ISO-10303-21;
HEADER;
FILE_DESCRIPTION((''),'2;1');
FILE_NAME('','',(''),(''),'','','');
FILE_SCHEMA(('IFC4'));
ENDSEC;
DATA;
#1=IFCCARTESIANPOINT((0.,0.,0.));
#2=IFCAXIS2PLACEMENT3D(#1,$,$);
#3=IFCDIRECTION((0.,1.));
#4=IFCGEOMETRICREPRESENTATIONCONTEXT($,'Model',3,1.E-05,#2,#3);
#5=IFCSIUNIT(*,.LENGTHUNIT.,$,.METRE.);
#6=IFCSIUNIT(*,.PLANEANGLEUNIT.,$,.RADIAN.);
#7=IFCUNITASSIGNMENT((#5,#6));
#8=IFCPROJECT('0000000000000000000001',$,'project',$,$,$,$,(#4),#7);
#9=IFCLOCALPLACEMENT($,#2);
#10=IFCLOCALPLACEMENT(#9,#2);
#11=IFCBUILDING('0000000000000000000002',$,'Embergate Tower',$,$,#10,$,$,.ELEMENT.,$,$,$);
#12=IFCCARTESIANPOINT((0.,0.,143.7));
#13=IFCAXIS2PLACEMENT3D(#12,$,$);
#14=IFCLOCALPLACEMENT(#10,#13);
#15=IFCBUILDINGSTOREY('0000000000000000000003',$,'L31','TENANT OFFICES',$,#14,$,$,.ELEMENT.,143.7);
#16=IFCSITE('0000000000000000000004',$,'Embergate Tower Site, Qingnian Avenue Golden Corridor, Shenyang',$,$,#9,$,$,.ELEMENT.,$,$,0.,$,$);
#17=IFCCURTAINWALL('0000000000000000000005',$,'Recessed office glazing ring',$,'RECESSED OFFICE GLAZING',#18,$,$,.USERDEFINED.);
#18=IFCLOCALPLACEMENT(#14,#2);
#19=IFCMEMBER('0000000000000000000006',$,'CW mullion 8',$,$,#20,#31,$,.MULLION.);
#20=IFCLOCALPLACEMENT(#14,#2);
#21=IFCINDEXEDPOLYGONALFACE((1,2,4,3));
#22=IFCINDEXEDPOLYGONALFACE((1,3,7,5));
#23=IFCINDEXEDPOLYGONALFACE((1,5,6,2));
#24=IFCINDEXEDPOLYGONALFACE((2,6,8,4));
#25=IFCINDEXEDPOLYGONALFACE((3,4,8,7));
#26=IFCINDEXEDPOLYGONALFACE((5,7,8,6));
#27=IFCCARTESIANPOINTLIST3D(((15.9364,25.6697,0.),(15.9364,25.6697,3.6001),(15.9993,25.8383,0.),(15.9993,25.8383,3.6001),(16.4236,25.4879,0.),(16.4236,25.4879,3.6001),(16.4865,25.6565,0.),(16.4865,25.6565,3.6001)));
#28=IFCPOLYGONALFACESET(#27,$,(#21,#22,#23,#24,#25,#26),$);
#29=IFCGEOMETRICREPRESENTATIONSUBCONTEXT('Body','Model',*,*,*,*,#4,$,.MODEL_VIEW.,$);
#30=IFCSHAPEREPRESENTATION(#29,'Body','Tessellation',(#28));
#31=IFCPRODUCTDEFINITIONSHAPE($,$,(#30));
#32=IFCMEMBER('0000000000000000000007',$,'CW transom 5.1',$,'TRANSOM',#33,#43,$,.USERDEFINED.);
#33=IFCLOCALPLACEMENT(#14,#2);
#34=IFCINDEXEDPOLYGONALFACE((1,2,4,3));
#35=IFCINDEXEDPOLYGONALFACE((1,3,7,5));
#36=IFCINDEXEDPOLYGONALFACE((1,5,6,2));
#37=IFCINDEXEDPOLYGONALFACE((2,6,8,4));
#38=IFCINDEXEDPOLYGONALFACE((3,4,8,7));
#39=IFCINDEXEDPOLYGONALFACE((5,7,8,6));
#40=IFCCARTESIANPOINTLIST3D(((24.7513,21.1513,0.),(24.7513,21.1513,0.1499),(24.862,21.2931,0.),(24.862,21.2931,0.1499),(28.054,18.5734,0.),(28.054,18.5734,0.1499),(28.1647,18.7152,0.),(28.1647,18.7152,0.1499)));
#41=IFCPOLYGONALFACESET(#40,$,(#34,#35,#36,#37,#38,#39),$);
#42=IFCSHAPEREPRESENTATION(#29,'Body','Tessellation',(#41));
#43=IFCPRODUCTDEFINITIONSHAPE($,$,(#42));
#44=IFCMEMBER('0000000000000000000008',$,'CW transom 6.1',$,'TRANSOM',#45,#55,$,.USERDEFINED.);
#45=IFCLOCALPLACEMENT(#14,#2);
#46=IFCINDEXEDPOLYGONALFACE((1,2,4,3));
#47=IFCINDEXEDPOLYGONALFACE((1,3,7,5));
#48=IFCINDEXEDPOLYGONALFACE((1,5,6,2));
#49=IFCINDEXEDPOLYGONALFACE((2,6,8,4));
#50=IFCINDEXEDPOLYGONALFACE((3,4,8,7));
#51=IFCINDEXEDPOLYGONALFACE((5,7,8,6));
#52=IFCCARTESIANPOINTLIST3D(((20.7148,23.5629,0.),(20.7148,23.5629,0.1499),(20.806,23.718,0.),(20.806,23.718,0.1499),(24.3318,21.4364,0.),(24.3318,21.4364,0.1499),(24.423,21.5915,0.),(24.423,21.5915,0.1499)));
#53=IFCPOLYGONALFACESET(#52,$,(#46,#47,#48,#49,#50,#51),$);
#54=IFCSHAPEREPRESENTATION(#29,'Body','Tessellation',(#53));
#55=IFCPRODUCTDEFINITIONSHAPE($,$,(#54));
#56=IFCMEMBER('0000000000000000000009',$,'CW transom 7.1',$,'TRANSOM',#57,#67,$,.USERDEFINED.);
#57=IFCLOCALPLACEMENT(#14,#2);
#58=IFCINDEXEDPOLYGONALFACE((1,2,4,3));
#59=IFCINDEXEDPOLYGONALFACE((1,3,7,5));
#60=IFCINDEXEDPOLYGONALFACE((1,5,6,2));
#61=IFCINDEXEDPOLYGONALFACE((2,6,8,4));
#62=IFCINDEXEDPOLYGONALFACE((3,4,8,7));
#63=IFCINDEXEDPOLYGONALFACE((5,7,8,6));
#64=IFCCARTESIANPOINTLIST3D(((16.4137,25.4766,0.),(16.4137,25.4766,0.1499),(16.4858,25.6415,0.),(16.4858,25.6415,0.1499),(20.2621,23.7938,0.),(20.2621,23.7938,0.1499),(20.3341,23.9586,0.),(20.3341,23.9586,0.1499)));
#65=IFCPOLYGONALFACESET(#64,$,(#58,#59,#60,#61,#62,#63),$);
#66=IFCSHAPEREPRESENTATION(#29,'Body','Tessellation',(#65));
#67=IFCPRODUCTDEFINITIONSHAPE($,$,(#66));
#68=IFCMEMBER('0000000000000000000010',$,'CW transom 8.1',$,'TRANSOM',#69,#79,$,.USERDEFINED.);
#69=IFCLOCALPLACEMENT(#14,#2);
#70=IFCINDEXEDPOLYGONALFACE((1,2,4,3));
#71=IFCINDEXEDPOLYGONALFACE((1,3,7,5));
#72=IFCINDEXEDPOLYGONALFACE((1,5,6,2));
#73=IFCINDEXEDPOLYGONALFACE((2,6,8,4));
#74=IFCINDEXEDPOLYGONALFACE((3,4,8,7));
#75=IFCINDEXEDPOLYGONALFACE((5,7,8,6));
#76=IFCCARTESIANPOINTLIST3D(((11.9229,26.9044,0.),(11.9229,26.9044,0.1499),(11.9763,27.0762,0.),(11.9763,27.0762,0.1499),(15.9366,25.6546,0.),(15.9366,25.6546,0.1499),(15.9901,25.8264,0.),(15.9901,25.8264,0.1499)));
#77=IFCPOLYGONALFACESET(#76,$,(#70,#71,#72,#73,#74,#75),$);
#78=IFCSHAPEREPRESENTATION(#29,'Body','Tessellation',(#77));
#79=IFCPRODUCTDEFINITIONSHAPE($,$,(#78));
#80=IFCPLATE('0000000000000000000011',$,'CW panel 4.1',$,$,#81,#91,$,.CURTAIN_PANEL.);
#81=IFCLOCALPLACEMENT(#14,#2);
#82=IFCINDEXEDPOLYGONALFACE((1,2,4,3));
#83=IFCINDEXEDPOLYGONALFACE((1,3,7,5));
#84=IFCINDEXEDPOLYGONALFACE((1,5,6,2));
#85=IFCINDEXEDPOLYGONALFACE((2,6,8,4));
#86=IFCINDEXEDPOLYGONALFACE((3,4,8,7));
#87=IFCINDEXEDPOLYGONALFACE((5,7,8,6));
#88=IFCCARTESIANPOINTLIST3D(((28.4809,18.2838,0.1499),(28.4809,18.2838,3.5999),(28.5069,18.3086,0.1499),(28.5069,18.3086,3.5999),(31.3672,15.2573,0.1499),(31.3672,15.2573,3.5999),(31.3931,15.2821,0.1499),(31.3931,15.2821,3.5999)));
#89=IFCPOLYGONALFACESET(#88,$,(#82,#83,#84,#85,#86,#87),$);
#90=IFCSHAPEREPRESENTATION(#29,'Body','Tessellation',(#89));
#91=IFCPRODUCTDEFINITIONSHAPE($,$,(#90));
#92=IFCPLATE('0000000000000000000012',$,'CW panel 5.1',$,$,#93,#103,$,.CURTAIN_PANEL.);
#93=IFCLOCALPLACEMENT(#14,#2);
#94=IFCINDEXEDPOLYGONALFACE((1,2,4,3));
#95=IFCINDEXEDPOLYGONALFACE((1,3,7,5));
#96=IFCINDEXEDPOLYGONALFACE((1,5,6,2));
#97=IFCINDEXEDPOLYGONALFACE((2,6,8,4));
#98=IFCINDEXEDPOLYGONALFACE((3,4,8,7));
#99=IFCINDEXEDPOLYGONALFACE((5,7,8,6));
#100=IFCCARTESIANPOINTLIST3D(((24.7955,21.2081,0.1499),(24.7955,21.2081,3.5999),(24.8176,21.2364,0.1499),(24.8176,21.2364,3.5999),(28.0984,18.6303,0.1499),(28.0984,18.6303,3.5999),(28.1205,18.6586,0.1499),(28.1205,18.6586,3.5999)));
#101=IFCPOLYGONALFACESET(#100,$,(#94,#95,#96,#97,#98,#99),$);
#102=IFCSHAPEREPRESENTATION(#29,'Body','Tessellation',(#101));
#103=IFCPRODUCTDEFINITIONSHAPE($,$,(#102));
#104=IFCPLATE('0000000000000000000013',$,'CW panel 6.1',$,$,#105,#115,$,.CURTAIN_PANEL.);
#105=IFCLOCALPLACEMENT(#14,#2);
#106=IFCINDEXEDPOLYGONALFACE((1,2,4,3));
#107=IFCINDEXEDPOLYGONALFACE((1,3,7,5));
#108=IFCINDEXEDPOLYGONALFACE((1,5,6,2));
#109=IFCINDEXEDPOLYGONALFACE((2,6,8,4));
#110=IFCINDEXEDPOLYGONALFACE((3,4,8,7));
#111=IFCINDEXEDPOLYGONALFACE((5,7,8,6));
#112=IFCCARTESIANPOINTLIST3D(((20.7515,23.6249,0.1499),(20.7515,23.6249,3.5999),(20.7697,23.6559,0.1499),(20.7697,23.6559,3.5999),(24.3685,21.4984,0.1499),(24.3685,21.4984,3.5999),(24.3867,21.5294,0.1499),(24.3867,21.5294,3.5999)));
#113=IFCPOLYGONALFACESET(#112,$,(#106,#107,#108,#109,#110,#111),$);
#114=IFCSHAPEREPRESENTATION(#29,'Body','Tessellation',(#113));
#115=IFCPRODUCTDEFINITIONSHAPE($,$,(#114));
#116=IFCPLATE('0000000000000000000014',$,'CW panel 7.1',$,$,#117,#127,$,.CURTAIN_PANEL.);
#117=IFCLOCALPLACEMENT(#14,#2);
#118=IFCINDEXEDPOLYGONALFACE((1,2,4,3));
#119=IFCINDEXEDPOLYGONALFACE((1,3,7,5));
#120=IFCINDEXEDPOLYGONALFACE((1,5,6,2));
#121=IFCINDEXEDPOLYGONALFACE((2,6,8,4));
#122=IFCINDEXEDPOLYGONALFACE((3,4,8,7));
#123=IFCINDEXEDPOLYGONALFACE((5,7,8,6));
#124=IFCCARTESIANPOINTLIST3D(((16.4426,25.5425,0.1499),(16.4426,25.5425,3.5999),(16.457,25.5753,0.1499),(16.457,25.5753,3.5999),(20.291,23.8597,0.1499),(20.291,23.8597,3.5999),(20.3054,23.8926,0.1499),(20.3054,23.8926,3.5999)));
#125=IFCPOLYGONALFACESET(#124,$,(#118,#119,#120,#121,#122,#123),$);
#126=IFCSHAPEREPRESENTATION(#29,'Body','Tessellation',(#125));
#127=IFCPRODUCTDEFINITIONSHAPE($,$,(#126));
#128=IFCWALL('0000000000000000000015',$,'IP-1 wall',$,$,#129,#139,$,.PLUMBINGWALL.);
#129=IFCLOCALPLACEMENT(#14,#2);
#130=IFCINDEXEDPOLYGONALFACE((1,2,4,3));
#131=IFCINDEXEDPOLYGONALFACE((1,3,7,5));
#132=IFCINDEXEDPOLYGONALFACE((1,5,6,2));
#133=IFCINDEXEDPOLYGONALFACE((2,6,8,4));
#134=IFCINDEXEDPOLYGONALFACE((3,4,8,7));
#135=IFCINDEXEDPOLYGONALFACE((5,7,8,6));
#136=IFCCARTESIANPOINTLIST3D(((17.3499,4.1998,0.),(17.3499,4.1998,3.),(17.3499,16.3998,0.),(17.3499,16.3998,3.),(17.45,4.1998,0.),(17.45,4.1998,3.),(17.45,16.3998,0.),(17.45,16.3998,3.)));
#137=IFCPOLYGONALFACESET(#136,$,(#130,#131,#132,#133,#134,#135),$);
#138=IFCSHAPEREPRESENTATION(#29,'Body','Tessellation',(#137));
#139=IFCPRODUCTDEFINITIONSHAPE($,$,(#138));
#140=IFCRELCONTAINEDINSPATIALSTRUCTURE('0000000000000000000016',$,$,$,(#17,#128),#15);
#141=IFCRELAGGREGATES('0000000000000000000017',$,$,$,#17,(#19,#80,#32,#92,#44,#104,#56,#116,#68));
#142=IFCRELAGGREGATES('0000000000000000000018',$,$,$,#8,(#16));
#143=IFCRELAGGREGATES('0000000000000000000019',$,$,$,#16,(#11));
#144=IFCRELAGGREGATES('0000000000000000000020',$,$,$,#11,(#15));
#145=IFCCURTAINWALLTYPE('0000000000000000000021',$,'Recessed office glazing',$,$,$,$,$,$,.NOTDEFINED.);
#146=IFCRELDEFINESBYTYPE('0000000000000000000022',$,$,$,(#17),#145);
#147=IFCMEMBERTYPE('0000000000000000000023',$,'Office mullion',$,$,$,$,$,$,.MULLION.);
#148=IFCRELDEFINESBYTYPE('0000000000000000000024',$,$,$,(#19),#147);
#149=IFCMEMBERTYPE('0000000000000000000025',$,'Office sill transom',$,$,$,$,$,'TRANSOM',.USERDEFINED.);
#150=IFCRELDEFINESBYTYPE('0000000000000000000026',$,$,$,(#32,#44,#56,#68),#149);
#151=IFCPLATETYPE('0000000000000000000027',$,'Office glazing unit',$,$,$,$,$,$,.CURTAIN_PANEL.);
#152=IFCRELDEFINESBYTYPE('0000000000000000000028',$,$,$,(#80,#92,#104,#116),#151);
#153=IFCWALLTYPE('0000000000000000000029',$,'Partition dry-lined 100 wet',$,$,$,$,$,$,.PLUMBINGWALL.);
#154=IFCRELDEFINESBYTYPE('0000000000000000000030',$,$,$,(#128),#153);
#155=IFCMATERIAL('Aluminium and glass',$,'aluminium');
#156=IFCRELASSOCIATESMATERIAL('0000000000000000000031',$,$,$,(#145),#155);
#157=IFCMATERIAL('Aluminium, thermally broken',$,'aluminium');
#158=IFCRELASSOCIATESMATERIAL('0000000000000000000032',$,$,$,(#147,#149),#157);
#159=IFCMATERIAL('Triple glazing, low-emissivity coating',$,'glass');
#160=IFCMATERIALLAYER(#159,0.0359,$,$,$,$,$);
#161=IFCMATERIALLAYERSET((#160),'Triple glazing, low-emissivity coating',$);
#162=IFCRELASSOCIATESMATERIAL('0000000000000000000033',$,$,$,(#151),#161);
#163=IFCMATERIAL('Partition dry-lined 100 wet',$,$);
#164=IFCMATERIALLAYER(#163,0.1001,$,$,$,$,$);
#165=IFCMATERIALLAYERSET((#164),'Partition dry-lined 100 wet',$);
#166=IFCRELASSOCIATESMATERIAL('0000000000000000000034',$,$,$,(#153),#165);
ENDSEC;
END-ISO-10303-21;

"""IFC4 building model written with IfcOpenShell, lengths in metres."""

from ifc_helpers import new_model, si_unit, direction, frame, frame_2d, origin, origin_2d, place, context, subcontext, project, spatial, rectangle, extrude, source, transform, mapped, material, layer, layer_set, material_profile, profile_set, type_object, element, aggregate, save


model = new_model("IFC4")

# Units and contexts
model_context = context("Model", 3, precision=1e-05, world=origin(), true_north=direction((0.0, 1.0)))
body_context = subcontext(model_context, "Body", "Model", "MODEL_VIEW")
ifc_project = project(units=[si_unit("LENGTHUNIT", "METRE"), si_unit("PLANEANGLEUNIT", "RADIAN")], contexts=[model_context])

# Site, building, storey
site_placement = place(None, origin())
site = spatial("IfcSite", under=ifc_project, at=site_placement, Name="Embergate Tower Site, Qingnian Avenue Golden Corridor, Shenyang", CompositionType="ELEMENT", RefElevation=0.0)
building_placement = place(site_placement, origin())
building = spatial("IfcBuilding", under=site, at=building_placement, Name="Embergate Tower", CompositionType="ELEMENT")
storey_placement = place(building_placement, frame((0.0, 0.0, 143.7)))
storey = spatial("IfcBuildingStorey", under=building, at=storey_placement, Name="L31", Description="TENANT OFFICES", CompositionType="ELEMENT", Elevation=143.7)

# Curtain wall, members, plates
ifc_material_1 = material(Name="Aluminium and glass", Category="aluminium")
curtain_wall_type = type_object("IfcCurtainWallType", Name="Recessed office glazing", PredefinedType="NOTDEFINED", material=ifc_material_1)
curtain_wall_placement = place(storey_placement, origin())
curtain_wall = element("IfcCurtainWall", 1, at=curtain_wall_placement, inside=storey, type_object=curtain_wall_type, Name="Recessed office glazing ring", ObjectType="RECESSED OFFICE GLAZING", PredefinedType="USERDEFINED")
ifc_material_2 = material(Name="Aluminium, thermally broken", Category="aluminium")
ifc_material_profile_1 = material_profile(ifc_material_2, rectangle(XDim=0.1799, YDim=0.52, at=origin_2d()), Name="AL 520x180")
ifc_profile_set_1 = profile_set([ifc_material_profile_1], Name="Aluminium, thermally broken")
member_type_1 = type_object("IfcMemberType", Name="Office mullion", PredefinedType="MULLION", material=ifc_profile_set_1)
shared_shape_1 = source(origin(), body_context, "Body", "SweptSolid", [
    extrude(rectangle(XDim=0.1799, YDim=0.52, at=origin_2d()), origin(), (0.0, 0.0, 1.0), 3.6001),
])
member_1_placement = place(storey_placement, frame((16.2114, 25.6631, 0.0), z_axis=(0.0, 0.0, 1.0), x_axis=(-0.349496, -0.936938, 0.0)))
member_1 = element("IfcMember", 2, at=member_1_placement, type_object=member_type_1, Name="CW mullion 8", PredefinedType="MULLION", context=body_context, shape_type="MappedRepresentation", body=[
    mapped(shared_shape_1, transform((0.0, 0.0, 0.0))),
])
ifc_material_profile_2 = material_profile(ifc_material_2, rectangle(XDim=0.1799, YDim=0.1499, at=origin_2d()), Name="AL 150x180")
ifc_profile_set_2 = profile_set([ifc_material_profile_2], Name="Aluminium, thermally broken")
member_type_2 = type_object("IfcMemberType", Name="Office sill transom", ElementType="TRANSOM", PredefinedType="USERDEFINED", material=ifc_profile_set_2)
shared_shape_2 = source(origin(), body_context, "Body", "SweptSolid", [
    extrude(rectangle(XDim=0.1799, YDim=0.1499, at=origin_2d()), origin(), (0.0, 0.0, 1.0), 4.1897),
])
member_2_placement = place(storey_placement, frame((28.1094, 18.6443, 0.075), z_axis=(-0.7883, 0.615291, 0.0), x_axis=(-0.615291, -0.7883, 0.0)))
member_2 = element("IfcMember", 3, at=member_2_placement, type_object=member_type_2, Name="CW transom 5.1", ObjectType="TRANSOM", PredefinedType="USERDEFINED", context=body_context, shape_type="MappedRepresentation", body=[
    mapped(shared_shape_2, transform((0.0, 0.0, 0.0))),
])
shared_shape_3 = source(origin(), body_context, "Body", "SweptSolid", [
    extrude(rectangle(XDim=0.1799, YDim=0.1499, at=origin_2d()), origin(), (0.0, 0.0, 1.0), 4.1958),
])
member_3_placement = place(storey_placement, frame((24.3774, 21.5139, 0.075), z_axis=(-0.862054, 0.506817, 0.0), x_axis=(-0.506817, -0.862054, 0.0)))
member_3 = element("IfcMember", 4, at=member_3_placement, type_object=member_type_2, Name="CW transom 6.1", ObjectType="TRANSOM", PredefinedType="USERDEFINED", context=body_context, shape_type="MappedRepresentation", body=[
    mapped(shared_shape_3, transform((0.0, 0.0, 0.0))),
])
shared_shape_4 = source(origin(), body_context, "Body", "SweptSolid", [
    extrude(rectangle(XDim=0.1799, YDim=0.1499, at=origin_2d()), origin(), (0.0, 0.0, 1.0), 4.2002),
])
member_4_placement = place(storey_placement, frame((20.2981, 23.8762, 0.075), z_axis=(-0.916228, 0.400657, 0.0), x_axis=(-0.400657, -0.916228, 0.0)))
member_4 = element("IfcMember", 5, at=member_4_placement, type_object=member_type_2, Name="CW transom 7.1", ObjectType="TRANSOM", PredefinedType="USERDEFINED", context=body_context, shape_type="MappedRepresentation", body=[
    mapped(shared_shape_4, transform((0.0, 0.0, 0.0))),
])
shared_shape_5 = source(origin(), body_context, "Body", "SweptSolid", [
    extrude(rectangle(XDim=0.1799, YDim=0.1499, at=origin_2d()), origin(), (0.0, 0.0, 1.0), 4.2039),
])
member_5_placement = place(storey_placement, frame((15.9634, 25.7405, 0.075), z_axis=(-0.954785, 0.297296, 0.0), x_axis=(-0.297296, -0.954785, 0.0)))
member_5 = element("IfcMember", 6, at=member_5_placement, type_object=member_type_2, Name="CW transom 8.1", ObjectType="TRANSOM", PredefinedType="USERDEFINED", context=body_context, shape_type="MappedRepresentation", body=[
    mapped(shared_shape_5, transform((0.0, 0.0, 0.0))),
])
ifc_material_3 = material(Name="Triple glazing, low-emissivity coating", Category="glass")
ifc_layer_1 = layer(ifc_material_3, 0.0359)
ifc_layer_set_1 = layer_set([ifc_layer_1], Name="Triple glazing, low-emissivity coating")
plate_type = type_object("IfcPlateType", Name="Office glazing unit", PredefinedType="CURTAIN_PANEL", material=ifc_layer_set_1)
shared_shape_6 = source(origin(), body_context, "Body", "SweptSolid", [
    extrude(rectangle(XDim=4.1821, YDim=0.0359, at=origin_2d()), origin(), (0.0, 0.0, 1.0), 3.45),
])
plate_1_placement = place(storey_placement, frame((29.937, 16.783, 0.1499), z_axis=(0.0, 0.0, 1.0), x_axis=(-0.690143, 0.723673, 0.0)))
plate_1 = element("IfcPlate", 7, at=plate_1_placement, type_object=plate_type, Name="CW panel 4.1", PredefinedType="CURTAIN_PANEL", context=body_context, shape_type="MappedRepresentation", body=[
    mapped(shared_shape_6, transform((0.0, 0.0, 0.0))),
])
shared_shape_7 = source(origin(), body_context, "Body", "SweptSolid", [
    extrude(rectangle(XDim=4.1897, YDim=0.0359, at=origin_2d()), origin(), (0.0, 0.0, 1.0), 3.45),
])
plate_2_placement = place(storey_placement, frame((26.458, 19.9333, 0.1499), z_axis=(0.0, 0.0, 1.0), x_axis=(-0.788327, 0.615257, 0.0)))
plate_2 = element("IfcPlate", 8, at=plate_2_placement, type_object=plate_type, Name="CW panel 5.1", PredefinedType="CURTAIN_PANEL", context=body_context, shape_type="MappedRepresentation", body=[
    mapped(shared_shape_7, transform((0.0, 0.0, 0.0))),
])
shared_shape_8 = source(origin(), body_context, "Body", "SweptSolid", [
    extrude(rectangle(XDim=4.1958, YDim=0.0359, at=origin_2d()), origin(), (0.0, 0.0, 1.0), 3.45),
])
plate_3_placement = place(storey_placement, frame((22.5691, 22.5771, 0.1499), z_axis=(0.0, 0.0, 1.0), x_axis=(-0.862058, 0.50681, 0.0)))
plate_3 = element("IfcPlate", 9, at=plate_3_placement, type_object=plate_type, Name="CW panel 6.1", PredefinedType="CURTAIN_PANEL", context=body_context, shape_type="MappedRepresentation", body=[
    mapped(shared_shape_8, transform((0.0, 0.0, 0.0))),
])
shared_shape_9 = source(origin(), body_context, "Body", "SweptSolid", [
    extrude(rectangle(XDim=4.2002, YDim=0.0359, at=origin_2d()), origin(), (0.0, 0.0, 1.0), 3.45),
])
plate_4_placement = place(storey_placement, frame((18.374, 24.7175, 0.1499), z_axis=(0.0, 0.0, 1.0), x_axis=(-0.916239, 0.400632, 0.0)))
plate_4 = element("IfcPlate", 10, at=plate_4_placement, type_object=plate_type, Name="CW panel 7.1", PredefinedType="CURTAIN_PANEL", context=body_context, shape_type="MappedRepresentation", body=[
    mapped(shared_shape_9, transform((0.0, 0.0, 0.0))),
])
aggregate(curtain_wall, [member_1, plate_1, member_2, plate_2, member_3, plate_3, member_4, plate_4, member_5])

# Wall
ifc_material_4 = material(Name="Partition dry-lined 100 wet")
ifc_layer_2 = layer(ifc_material_4, 0.1001)
ifc_layer_set_2 = layer_set([ifc_layer_2], Name="Partition dry-lined 100 wet")
wall_type = type_object("IfcWallType", Name="Partition dry-lined 100 wet", PredefinedType="PLUMBINGWALL", material=ifc_layer_set_2)
shared_shape_10 = source(origin(), body_context, "Body", "SweptSolid", [
    extrude(rectangle(XDim=12.2, YDim=0.1001, at=frame_2d((6.1001, 0.0))), origin(), (0.0, 0.0, 1.0), 3.0),
])
wall_placement = place(storey_placement, frame((17.3999, 16.3999, 0.0), z_axis=(0.0, 0.0, 1.0), x_axis=(0.0, -1.0, 0.0)))
element("IfcWall", 11, at=wall_placement, inside=storey, type_object=wall_type, Name="IP-1 wall", PredefinedType="PLUMBINGWALL", context=body_context, shape_type="MappedRepresentation", body=[
    mapped(shared_shape_10, transform((0.0, 0.0, 0.0))),
])

save(model, "model.ifc")
